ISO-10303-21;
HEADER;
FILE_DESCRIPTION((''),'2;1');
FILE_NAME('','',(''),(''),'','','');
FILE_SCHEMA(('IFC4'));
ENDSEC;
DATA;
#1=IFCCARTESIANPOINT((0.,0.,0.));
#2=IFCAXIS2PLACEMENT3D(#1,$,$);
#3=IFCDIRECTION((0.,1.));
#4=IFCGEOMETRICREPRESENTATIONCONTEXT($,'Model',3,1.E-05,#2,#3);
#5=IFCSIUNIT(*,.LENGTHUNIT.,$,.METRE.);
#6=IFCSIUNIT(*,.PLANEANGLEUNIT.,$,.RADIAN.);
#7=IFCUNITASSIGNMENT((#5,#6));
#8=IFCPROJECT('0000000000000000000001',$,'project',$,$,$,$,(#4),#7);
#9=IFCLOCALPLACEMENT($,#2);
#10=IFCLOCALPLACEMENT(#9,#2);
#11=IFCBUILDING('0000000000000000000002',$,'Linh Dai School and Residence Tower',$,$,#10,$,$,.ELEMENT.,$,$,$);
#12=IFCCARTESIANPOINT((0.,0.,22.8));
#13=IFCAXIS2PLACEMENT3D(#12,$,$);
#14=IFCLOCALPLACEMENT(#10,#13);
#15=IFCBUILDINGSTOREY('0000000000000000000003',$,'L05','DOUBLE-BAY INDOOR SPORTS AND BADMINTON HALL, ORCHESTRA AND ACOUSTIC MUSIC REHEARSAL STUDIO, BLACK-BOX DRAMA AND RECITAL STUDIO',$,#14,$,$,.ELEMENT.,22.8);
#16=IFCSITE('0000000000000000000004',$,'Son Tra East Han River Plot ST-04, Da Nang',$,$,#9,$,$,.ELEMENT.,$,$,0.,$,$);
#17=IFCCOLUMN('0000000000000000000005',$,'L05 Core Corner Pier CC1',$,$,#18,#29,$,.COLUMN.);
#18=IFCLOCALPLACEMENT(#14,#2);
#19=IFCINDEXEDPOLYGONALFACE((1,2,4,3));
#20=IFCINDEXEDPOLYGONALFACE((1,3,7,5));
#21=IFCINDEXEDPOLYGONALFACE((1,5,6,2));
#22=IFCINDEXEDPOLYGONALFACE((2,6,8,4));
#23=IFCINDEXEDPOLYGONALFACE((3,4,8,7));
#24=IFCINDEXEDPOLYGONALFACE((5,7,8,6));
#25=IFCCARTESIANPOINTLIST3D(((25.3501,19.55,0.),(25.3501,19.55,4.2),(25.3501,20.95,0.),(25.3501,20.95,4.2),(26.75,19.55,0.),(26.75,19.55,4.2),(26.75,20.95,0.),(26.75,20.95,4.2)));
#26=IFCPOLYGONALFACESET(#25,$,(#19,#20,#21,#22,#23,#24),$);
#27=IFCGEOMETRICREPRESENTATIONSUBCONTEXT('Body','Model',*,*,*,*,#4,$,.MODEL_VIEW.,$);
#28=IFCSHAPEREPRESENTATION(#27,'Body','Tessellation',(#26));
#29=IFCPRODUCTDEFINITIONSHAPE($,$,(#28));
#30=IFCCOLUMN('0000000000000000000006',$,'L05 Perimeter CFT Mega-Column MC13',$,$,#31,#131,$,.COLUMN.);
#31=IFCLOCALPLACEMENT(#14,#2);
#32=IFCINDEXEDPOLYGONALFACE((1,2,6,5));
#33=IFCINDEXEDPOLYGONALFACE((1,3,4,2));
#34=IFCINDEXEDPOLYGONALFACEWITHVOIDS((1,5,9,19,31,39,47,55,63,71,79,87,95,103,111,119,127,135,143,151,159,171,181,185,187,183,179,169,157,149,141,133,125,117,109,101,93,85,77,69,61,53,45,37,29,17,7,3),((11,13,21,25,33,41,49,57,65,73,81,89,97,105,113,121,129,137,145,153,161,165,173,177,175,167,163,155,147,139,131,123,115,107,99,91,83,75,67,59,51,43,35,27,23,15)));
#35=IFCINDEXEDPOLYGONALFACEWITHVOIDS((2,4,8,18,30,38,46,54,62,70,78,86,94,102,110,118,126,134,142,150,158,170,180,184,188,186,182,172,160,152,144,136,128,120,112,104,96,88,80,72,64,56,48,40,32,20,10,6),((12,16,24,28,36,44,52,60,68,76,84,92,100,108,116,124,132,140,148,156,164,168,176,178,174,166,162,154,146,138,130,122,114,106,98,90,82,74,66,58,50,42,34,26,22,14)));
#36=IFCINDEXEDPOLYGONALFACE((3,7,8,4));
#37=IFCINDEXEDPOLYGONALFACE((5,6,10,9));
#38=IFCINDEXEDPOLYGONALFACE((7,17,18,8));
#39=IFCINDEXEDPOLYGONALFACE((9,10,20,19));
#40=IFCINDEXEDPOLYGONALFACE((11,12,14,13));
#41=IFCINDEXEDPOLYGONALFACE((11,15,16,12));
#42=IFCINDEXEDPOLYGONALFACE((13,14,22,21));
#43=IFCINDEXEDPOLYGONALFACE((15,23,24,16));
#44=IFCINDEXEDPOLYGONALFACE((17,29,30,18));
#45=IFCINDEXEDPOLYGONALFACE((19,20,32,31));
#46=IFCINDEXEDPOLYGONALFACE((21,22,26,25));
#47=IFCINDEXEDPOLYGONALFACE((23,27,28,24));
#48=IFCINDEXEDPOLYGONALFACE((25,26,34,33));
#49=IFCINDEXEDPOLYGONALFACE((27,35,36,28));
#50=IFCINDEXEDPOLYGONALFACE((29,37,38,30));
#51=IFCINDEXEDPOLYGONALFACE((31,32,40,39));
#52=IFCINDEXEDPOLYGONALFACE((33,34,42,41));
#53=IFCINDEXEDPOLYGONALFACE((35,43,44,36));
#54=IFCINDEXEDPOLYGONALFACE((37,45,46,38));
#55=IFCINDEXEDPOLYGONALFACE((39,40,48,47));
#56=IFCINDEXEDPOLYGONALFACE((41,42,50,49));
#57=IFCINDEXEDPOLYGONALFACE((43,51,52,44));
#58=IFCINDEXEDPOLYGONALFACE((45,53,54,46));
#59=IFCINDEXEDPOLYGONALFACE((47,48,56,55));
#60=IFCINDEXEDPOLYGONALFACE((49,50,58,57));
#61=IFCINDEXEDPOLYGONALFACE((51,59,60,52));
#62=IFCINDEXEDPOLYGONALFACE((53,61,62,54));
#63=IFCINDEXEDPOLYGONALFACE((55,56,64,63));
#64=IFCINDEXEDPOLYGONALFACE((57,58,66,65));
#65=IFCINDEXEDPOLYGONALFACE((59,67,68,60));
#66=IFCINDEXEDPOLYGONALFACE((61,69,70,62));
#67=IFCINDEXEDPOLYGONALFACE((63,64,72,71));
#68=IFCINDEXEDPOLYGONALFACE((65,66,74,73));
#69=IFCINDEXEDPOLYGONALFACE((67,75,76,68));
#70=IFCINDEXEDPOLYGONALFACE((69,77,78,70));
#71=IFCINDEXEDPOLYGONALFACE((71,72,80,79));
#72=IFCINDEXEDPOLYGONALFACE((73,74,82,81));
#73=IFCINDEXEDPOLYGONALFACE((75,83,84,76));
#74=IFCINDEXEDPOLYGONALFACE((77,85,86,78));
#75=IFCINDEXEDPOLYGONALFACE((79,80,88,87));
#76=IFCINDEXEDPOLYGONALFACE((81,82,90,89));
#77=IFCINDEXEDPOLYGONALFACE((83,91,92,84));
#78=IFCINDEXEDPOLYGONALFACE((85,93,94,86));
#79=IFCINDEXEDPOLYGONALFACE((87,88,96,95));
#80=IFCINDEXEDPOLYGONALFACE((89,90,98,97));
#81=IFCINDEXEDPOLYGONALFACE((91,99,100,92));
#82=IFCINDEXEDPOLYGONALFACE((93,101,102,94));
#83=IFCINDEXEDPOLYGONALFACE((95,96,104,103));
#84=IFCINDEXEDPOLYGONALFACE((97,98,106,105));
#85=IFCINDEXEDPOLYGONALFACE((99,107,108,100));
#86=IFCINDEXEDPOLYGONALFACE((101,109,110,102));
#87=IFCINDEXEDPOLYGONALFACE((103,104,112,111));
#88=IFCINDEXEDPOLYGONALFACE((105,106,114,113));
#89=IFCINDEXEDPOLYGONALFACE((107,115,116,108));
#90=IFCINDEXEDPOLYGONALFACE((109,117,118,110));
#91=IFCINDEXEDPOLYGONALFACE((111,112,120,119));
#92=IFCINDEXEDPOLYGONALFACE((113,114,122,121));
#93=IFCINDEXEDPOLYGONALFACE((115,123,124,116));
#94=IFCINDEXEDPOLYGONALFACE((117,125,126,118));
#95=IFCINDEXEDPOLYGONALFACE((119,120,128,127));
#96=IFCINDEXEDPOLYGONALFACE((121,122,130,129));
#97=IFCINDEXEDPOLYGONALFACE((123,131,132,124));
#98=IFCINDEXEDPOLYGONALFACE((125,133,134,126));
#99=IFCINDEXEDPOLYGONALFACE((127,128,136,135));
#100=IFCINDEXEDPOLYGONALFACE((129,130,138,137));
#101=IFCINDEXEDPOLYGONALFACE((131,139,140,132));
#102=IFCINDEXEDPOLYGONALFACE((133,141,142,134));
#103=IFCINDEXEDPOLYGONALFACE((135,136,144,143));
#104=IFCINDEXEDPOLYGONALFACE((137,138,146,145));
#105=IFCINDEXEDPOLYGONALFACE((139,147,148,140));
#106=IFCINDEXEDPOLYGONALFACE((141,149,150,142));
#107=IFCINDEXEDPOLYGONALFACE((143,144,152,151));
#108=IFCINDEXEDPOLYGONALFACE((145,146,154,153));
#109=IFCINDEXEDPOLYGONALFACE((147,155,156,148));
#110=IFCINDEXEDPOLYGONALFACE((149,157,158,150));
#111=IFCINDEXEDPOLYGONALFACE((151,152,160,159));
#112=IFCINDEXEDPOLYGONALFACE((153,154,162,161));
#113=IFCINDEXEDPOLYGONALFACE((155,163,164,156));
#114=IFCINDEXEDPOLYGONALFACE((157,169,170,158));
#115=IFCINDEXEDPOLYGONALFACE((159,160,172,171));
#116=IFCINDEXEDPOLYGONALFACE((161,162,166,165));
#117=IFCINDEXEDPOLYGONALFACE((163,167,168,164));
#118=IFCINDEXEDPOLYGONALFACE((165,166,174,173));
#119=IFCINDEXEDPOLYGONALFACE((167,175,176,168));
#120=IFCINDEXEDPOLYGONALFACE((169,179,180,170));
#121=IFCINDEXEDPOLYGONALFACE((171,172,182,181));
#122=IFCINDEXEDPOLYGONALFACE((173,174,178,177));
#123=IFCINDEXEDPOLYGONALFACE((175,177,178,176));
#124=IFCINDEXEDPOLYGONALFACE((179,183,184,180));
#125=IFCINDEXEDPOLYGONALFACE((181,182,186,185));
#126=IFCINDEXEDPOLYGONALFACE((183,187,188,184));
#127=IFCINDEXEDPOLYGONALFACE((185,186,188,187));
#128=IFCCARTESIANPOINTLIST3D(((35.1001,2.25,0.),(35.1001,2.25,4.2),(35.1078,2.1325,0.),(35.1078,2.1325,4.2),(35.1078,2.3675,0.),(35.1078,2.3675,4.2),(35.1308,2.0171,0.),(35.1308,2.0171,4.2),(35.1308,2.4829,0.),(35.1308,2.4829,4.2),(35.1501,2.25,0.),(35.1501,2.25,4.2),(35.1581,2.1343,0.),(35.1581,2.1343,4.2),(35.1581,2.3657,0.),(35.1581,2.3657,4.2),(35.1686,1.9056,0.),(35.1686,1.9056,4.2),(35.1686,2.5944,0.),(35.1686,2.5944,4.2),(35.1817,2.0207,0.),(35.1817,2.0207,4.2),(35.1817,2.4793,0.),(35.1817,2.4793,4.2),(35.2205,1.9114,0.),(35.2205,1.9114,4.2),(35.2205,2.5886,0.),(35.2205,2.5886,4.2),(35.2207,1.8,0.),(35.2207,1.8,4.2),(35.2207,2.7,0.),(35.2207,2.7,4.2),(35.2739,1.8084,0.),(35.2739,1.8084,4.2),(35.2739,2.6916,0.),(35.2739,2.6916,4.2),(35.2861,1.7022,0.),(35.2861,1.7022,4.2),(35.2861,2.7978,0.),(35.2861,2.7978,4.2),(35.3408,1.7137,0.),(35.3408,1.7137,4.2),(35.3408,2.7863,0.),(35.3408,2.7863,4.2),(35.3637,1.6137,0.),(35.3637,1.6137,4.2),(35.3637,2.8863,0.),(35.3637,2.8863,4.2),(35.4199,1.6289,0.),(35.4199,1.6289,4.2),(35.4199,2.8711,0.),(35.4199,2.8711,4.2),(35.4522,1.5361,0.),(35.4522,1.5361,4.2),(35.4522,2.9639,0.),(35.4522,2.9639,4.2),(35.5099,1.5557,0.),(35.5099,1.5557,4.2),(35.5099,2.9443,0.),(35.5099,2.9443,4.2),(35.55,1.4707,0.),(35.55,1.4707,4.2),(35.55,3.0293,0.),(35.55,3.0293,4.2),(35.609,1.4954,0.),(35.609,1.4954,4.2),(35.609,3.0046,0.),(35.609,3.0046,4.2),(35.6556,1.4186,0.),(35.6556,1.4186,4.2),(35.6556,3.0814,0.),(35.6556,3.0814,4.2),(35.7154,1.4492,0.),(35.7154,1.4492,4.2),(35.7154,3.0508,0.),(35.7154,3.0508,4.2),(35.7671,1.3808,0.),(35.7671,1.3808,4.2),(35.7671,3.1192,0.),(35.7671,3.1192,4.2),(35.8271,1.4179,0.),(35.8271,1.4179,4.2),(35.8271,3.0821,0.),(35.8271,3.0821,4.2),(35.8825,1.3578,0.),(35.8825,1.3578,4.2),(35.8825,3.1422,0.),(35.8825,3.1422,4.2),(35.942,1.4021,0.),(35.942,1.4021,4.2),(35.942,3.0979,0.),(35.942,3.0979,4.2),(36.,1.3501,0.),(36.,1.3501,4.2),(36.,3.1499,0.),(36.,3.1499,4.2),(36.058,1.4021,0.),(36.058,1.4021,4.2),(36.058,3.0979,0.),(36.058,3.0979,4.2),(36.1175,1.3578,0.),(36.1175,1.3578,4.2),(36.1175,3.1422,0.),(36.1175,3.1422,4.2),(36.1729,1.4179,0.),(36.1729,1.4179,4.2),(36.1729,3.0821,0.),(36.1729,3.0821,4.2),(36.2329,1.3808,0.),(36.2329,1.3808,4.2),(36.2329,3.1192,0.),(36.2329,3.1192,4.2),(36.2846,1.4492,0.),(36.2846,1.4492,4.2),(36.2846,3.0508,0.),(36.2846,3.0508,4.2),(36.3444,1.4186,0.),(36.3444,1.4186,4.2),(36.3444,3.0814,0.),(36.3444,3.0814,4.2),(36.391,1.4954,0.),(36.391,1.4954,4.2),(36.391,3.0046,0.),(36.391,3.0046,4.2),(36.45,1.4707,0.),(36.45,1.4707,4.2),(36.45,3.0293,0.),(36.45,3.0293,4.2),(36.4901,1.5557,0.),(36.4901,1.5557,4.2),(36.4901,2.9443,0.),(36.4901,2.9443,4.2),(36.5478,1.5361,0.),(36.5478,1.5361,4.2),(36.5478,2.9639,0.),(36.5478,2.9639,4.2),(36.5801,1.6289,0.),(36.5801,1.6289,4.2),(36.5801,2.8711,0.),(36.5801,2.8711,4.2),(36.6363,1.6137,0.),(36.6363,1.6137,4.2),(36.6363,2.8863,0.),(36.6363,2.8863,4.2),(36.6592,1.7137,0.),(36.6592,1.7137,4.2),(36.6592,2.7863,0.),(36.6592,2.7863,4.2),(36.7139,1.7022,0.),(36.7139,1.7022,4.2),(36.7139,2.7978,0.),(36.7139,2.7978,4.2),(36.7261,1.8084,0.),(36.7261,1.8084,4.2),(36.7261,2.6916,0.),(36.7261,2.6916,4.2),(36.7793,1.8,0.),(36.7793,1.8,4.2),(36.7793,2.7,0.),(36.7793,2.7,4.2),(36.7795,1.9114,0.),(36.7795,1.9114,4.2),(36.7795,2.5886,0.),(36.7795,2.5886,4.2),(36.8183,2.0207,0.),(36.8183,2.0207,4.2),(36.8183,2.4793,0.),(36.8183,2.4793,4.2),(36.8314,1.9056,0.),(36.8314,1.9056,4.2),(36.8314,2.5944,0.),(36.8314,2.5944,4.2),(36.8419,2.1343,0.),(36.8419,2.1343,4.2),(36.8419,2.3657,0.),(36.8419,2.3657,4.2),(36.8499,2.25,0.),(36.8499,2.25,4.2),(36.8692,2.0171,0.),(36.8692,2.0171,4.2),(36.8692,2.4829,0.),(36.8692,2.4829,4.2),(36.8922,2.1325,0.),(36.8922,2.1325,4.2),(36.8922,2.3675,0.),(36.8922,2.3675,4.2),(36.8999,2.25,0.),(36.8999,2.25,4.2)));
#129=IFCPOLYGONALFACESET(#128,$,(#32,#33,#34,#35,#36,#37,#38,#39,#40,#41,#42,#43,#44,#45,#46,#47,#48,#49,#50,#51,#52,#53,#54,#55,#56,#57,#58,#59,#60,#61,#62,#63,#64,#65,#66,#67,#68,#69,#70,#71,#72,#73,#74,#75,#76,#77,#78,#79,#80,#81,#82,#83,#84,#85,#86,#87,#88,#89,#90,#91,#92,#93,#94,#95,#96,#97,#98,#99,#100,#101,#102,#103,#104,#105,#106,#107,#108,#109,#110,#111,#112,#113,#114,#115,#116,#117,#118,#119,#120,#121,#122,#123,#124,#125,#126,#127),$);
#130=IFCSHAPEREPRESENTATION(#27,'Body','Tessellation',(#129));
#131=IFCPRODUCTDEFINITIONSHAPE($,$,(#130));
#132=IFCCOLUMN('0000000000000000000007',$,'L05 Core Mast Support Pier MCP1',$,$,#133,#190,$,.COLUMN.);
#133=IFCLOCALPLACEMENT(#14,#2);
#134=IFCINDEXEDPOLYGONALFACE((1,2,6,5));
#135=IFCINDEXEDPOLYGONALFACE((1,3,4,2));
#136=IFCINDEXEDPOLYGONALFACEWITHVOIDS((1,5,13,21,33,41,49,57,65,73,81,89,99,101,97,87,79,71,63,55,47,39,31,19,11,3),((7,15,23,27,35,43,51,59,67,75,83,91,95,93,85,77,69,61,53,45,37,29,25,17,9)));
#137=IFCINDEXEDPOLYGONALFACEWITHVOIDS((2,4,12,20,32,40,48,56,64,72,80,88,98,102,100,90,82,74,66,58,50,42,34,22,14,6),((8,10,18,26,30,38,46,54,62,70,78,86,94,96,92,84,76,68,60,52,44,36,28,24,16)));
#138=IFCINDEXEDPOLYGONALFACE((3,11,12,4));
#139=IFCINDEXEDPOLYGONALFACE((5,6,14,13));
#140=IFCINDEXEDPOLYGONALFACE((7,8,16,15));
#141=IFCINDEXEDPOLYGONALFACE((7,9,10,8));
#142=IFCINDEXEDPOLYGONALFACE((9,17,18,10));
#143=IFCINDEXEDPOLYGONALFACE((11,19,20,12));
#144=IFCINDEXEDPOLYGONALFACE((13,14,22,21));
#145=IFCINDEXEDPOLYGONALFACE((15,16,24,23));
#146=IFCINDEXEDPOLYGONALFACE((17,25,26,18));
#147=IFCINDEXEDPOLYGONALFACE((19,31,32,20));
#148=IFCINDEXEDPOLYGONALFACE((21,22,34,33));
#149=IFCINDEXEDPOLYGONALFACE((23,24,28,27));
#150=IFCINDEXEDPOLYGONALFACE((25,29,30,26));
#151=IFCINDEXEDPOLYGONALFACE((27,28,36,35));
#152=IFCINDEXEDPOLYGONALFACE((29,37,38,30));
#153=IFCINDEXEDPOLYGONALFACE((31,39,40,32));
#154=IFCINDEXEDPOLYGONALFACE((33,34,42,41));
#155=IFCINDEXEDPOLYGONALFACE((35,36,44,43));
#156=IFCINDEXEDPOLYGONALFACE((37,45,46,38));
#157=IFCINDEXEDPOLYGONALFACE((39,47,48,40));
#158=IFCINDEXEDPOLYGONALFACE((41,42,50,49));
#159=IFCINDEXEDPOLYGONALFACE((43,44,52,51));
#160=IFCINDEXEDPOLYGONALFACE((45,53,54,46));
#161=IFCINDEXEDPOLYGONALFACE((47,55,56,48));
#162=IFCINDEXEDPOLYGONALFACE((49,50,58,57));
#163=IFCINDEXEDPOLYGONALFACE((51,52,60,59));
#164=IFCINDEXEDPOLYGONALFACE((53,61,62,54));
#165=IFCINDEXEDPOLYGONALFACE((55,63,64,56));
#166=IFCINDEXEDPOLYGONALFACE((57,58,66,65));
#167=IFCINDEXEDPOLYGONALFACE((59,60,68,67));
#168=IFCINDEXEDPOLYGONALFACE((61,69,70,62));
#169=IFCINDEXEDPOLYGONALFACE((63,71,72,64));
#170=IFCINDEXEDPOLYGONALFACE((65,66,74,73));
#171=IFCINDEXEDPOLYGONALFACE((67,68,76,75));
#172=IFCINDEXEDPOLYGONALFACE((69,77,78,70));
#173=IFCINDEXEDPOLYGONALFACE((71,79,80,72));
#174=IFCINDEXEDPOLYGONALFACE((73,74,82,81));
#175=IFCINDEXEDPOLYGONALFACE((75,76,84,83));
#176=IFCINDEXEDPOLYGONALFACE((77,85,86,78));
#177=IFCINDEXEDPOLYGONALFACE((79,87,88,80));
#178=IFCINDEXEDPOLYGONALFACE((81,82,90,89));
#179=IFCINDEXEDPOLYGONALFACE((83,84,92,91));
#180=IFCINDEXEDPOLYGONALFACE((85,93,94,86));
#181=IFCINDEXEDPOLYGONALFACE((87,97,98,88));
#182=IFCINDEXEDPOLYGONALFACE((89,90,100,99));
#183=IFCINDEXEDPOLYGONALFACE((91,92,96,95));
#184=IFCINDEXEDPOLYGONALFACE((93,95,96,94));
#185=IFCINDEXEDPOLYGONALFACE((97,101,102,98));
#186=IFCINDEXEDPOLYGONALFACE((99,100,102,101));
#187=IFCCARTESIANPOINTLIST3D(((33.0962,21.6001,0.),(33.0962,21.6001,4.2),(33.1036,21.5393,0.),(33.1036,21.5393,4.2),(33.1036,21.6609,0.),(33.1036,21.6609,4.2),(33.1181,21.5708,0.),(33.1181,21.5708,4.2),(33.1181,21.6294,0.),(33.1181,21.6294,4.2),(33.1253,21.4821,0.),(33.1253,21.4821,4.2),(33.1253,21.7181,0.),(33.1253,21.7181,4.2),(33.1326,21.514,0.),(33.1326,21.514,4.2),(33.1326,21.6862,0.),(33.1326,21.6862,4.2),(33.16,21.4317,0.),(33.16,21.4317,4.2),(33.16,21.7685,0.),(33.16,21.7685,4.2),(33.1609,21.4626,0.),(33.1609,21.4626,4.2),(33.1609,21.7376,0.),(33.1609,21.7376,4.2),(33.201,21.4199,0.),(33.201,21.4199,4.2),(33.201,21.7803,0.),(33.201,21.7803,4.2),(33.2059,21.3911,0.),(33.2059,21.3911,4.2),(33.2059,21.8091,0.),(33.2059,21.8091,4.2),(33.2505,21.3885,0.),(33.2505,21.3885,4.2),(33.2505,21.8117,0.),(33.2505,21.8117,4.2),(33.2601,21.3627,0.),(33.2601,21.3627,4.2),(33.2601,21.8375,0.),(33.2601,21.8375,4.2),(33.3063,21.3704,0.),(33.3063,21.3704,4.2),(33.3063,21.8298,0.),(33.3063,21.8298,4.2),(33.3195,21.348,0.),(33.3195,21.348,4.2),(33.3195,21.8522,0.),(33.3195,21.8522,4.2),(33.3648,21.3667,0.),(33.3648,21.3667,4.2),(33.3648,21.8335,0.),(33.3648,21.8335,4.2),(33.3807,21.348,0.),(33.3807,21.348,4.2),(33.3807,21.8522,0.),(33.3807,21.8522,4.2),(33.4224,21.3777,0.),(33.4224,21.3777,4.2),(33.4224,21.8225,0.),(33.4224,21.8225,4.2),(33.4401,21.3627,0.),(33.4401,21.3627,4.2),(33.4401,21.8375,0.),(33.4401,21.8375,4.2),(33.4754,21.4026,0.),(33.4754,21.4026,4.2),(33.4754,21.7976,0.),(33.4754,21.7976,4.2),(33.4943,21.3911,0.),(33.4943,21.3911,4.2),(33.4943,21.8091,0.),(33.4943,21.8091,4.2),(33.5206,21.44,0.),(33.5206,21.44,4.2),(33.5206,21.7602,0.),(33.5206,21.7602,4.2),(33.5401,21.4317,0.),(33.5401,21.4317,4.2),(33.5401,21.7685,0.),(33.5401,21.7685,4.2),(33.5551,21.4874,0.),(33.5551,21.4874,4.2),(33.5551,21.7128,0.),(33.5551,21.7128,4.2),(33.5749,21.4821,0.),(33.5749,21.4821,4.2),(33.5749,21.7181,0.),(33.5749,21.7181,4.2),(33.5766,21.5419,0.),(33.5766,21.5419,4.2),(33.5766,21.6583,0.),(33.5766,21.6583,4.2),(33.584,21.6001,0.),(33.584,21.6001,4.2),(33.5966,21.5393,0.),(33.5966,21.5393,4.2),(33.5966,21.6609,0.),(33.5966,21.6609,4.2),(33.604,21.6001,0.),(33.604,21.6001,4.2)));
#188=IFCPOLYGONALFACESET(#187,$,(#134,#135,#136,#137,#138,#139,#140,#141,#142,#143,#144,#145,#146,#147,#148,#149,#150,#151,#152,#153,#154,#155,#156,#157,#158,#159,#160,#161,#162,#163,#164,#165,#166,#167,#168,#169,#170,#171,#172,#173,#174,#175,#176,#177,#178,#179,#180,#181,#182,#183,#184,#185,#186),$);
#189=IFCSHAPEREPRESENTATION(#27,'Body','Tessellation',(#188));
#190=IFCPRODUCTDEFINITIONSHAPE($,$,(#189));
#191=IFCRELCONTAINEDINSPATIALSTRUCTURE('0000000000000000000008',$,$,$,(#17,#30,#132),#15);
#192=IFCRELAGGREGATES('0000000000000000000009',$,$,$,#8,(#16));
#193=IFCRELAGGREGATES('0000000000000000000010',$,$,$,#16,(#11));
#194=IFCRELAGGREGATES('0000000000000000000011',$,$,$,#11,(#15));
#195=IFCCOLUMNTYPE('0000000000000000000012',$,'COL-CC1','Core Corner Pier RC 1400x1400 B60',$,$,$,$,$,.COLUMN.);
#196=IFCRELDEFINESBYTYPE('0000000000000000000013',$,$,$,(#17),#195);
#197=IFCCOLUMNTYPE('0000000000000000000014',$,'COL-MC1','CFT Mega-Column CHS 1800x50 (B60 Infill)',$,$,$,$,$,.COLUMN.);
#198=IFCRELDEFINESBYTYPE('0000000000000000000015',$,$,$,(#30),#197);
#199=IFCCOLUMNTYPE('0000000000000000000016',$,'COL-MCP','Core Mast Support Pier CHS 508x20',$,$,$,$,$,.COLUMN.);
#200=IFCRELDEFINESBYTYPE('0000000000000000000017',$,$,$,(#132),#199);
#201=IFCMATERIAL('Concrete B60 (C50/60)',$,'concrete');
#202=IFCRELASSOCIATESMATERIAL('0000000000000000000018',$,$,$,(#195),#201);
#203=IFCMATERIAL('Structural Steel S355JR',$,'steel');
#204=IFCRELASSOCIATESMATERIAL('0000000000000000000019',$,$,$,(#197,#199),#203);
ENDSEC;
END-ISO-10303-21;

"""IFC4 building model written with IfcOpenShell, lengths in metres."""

from ifc_helpers import new_model, si_unit, direction, frame, origin, origin_2d, place, context, subcontext, project, spatial, rectangle, hollow_circle, extrude, material, material_profile, profile_set, type_object, element, save


model = new_model("IFC4")

# Units and contexts
model_context = context("Model", 3, precision=1e-05, world=origin(), true_north=direction((0.0, 1.0)))
body_context = subcontext(model_context, "Body", "Model", "MODEL_VIEW")
ifc_project = project(units=[si_unit("LENGTHUNIT", "METRE"), si_unit("PLANEANGLEUNIT", "RADIAN")], contexts=[model_context])

# Site, building, storey
site_placement = place(None, origin())
site = spatial("IfcSite", under=ifc_project, at=site_placement, Name="Son Tra East Han River Plot ST-04, Da Nang", CompositionType="ELEMENT", RefElevation=0.0)
building_placement = place(site_placement, origin())
building = spatial("IfcBuilding", under=site, at=building_placement, Name="Linh Dai School and Residence Tower", CompositionType="ELEMENT")
storey_placement = place(building_placement, frame((0.0, 0.0, 22.8)))
storey = spatial("IfcBuildingStorey", under=building, at=storey_placement, Name="L05", Description="DOUBLE-BAY INDOOR SPORTS AND BADMINTON HALL, ORCHESTRA AND ACOUSTIC MUSIC REHEARSAL STUDIO, BLACK-BOX DRAMA AND RECITAL STUDIO", CompositionType="ELEMENT", Elevation=22.8)

# Columns
ifc_material_1 = material(Name="Concrete B60 (C50/60)", Category="concrete")
ifc_material_profile_1 = material_profile(ifc_material_1, rectangle(XDim=1.3999, YDim=1.3999, at=origin_2d()), Name="RC 1400x1400")
ifc_profile_set_1 = profile_set([ifc_material_profile_1], Name="Concrete B60 (C50/60)")
column_type_1 = type_object("IfcColumnType", Name="COL-CC1", Description="Core Corner Pier RC 1400x1400 B60", PredefinedType="COLUMN", material=ifc_profile_set_1)
column_1_placement = place(storey_placement, frame((26.05, 20.25, 0.0), z_axis=(0.0, 0.0, 1.0), x_axis=(1.0, 0.0, 0.0)))
element("IfcColumn", 1, at=column_1_placement, inside=storey, type_object=column_type_1, Name="L05 Core Corner Pier CC1", PredefinedType="COLUMN", context=body_context, shape_type="SweptSolid", body=[
    extrude(rectangle(XDim=1.3999, YDim=1.3999, at=origin_2d()), origin(), (0.0, 0.0, 1.0), 4.2),
])
ifc_material_2 = material(Name="Structural Steel S355JR", Category="steel")
ifc_material_profile_2 = material_profile(ifc_material_2, hollow_circle(Radius=0.8999, WallThickness=0.05, at=origin_2d()), Name="CHS 1800x50")
ifc_profile_set_2 = profile_set([ifc_material_profile_2], Name="Structural Steel S355JR")
column_type_2 = type_object("IfcColumnType", Name="COL-MC1", Description="CFT Mega-Column CHS 1800x50 (B60 Infill)", PredefinedType="COLUMN", material=ifc_profile_set_2)
column_2_placement = place(storey_placement, frame((36.0, 2.25, 0.0), z_axis=(0.0, 0.0, 1.0), x_axis=(1.0, 0.0, 0.0)))
element("IfcColumn", 2, at=column_2_placement, inside=storey, type_object=column_type_2, Name="L05 Perimeter CFT Mega-Column MC13", PredefinedType="COLUMN", context=body_context, shape_type="SweptSolid", body=[
    extrude(hollow_circle(Radius=0.8999, WallThickness=0.05, at=origin_2d()), origin(), (0.0, 0.0, 1.0), 4.2),
])
ifc_material_profile_3 = material_profile(ifc_material_2, hollow_circle(Radius=0.2539, WallThickness=0.02, at=origin_2d()), Name="CHS 508x20")
ifc_profile_set_3 = profile_set([ifc_material_profile_3], Name="Structural Steel S355JR")
column_type_3 = type_object("IfcColumnType", Name="COL-MCP", Description="Core Mast Support Pier CHS 508x20", PredefinedType="COLUMN", material=ifc_profile_set_3)
column_3_placement = place(storey_placement, frame((33.3501, 21.6001, 0.0), z_axis=(0.0, 0.0, 1.0), x_axis=(1.0, 0.0, 0.0)))
element("IfcColumn", 3, at=column_3_placement, inside=storey, type_object=column_type_3, Name="L05 Core Mast Support Pier MCP1", PredefinedType="COLUMN", context=body_context, shape_type="SweptSolid", body=[
    extrude(hollow_circle(Radius=0.2539, WallThickness=0.02, at=origin_2d()), origin(), (0.0, 0.0, 1.0), 4.2),
])

save(model, "model.ifc")
